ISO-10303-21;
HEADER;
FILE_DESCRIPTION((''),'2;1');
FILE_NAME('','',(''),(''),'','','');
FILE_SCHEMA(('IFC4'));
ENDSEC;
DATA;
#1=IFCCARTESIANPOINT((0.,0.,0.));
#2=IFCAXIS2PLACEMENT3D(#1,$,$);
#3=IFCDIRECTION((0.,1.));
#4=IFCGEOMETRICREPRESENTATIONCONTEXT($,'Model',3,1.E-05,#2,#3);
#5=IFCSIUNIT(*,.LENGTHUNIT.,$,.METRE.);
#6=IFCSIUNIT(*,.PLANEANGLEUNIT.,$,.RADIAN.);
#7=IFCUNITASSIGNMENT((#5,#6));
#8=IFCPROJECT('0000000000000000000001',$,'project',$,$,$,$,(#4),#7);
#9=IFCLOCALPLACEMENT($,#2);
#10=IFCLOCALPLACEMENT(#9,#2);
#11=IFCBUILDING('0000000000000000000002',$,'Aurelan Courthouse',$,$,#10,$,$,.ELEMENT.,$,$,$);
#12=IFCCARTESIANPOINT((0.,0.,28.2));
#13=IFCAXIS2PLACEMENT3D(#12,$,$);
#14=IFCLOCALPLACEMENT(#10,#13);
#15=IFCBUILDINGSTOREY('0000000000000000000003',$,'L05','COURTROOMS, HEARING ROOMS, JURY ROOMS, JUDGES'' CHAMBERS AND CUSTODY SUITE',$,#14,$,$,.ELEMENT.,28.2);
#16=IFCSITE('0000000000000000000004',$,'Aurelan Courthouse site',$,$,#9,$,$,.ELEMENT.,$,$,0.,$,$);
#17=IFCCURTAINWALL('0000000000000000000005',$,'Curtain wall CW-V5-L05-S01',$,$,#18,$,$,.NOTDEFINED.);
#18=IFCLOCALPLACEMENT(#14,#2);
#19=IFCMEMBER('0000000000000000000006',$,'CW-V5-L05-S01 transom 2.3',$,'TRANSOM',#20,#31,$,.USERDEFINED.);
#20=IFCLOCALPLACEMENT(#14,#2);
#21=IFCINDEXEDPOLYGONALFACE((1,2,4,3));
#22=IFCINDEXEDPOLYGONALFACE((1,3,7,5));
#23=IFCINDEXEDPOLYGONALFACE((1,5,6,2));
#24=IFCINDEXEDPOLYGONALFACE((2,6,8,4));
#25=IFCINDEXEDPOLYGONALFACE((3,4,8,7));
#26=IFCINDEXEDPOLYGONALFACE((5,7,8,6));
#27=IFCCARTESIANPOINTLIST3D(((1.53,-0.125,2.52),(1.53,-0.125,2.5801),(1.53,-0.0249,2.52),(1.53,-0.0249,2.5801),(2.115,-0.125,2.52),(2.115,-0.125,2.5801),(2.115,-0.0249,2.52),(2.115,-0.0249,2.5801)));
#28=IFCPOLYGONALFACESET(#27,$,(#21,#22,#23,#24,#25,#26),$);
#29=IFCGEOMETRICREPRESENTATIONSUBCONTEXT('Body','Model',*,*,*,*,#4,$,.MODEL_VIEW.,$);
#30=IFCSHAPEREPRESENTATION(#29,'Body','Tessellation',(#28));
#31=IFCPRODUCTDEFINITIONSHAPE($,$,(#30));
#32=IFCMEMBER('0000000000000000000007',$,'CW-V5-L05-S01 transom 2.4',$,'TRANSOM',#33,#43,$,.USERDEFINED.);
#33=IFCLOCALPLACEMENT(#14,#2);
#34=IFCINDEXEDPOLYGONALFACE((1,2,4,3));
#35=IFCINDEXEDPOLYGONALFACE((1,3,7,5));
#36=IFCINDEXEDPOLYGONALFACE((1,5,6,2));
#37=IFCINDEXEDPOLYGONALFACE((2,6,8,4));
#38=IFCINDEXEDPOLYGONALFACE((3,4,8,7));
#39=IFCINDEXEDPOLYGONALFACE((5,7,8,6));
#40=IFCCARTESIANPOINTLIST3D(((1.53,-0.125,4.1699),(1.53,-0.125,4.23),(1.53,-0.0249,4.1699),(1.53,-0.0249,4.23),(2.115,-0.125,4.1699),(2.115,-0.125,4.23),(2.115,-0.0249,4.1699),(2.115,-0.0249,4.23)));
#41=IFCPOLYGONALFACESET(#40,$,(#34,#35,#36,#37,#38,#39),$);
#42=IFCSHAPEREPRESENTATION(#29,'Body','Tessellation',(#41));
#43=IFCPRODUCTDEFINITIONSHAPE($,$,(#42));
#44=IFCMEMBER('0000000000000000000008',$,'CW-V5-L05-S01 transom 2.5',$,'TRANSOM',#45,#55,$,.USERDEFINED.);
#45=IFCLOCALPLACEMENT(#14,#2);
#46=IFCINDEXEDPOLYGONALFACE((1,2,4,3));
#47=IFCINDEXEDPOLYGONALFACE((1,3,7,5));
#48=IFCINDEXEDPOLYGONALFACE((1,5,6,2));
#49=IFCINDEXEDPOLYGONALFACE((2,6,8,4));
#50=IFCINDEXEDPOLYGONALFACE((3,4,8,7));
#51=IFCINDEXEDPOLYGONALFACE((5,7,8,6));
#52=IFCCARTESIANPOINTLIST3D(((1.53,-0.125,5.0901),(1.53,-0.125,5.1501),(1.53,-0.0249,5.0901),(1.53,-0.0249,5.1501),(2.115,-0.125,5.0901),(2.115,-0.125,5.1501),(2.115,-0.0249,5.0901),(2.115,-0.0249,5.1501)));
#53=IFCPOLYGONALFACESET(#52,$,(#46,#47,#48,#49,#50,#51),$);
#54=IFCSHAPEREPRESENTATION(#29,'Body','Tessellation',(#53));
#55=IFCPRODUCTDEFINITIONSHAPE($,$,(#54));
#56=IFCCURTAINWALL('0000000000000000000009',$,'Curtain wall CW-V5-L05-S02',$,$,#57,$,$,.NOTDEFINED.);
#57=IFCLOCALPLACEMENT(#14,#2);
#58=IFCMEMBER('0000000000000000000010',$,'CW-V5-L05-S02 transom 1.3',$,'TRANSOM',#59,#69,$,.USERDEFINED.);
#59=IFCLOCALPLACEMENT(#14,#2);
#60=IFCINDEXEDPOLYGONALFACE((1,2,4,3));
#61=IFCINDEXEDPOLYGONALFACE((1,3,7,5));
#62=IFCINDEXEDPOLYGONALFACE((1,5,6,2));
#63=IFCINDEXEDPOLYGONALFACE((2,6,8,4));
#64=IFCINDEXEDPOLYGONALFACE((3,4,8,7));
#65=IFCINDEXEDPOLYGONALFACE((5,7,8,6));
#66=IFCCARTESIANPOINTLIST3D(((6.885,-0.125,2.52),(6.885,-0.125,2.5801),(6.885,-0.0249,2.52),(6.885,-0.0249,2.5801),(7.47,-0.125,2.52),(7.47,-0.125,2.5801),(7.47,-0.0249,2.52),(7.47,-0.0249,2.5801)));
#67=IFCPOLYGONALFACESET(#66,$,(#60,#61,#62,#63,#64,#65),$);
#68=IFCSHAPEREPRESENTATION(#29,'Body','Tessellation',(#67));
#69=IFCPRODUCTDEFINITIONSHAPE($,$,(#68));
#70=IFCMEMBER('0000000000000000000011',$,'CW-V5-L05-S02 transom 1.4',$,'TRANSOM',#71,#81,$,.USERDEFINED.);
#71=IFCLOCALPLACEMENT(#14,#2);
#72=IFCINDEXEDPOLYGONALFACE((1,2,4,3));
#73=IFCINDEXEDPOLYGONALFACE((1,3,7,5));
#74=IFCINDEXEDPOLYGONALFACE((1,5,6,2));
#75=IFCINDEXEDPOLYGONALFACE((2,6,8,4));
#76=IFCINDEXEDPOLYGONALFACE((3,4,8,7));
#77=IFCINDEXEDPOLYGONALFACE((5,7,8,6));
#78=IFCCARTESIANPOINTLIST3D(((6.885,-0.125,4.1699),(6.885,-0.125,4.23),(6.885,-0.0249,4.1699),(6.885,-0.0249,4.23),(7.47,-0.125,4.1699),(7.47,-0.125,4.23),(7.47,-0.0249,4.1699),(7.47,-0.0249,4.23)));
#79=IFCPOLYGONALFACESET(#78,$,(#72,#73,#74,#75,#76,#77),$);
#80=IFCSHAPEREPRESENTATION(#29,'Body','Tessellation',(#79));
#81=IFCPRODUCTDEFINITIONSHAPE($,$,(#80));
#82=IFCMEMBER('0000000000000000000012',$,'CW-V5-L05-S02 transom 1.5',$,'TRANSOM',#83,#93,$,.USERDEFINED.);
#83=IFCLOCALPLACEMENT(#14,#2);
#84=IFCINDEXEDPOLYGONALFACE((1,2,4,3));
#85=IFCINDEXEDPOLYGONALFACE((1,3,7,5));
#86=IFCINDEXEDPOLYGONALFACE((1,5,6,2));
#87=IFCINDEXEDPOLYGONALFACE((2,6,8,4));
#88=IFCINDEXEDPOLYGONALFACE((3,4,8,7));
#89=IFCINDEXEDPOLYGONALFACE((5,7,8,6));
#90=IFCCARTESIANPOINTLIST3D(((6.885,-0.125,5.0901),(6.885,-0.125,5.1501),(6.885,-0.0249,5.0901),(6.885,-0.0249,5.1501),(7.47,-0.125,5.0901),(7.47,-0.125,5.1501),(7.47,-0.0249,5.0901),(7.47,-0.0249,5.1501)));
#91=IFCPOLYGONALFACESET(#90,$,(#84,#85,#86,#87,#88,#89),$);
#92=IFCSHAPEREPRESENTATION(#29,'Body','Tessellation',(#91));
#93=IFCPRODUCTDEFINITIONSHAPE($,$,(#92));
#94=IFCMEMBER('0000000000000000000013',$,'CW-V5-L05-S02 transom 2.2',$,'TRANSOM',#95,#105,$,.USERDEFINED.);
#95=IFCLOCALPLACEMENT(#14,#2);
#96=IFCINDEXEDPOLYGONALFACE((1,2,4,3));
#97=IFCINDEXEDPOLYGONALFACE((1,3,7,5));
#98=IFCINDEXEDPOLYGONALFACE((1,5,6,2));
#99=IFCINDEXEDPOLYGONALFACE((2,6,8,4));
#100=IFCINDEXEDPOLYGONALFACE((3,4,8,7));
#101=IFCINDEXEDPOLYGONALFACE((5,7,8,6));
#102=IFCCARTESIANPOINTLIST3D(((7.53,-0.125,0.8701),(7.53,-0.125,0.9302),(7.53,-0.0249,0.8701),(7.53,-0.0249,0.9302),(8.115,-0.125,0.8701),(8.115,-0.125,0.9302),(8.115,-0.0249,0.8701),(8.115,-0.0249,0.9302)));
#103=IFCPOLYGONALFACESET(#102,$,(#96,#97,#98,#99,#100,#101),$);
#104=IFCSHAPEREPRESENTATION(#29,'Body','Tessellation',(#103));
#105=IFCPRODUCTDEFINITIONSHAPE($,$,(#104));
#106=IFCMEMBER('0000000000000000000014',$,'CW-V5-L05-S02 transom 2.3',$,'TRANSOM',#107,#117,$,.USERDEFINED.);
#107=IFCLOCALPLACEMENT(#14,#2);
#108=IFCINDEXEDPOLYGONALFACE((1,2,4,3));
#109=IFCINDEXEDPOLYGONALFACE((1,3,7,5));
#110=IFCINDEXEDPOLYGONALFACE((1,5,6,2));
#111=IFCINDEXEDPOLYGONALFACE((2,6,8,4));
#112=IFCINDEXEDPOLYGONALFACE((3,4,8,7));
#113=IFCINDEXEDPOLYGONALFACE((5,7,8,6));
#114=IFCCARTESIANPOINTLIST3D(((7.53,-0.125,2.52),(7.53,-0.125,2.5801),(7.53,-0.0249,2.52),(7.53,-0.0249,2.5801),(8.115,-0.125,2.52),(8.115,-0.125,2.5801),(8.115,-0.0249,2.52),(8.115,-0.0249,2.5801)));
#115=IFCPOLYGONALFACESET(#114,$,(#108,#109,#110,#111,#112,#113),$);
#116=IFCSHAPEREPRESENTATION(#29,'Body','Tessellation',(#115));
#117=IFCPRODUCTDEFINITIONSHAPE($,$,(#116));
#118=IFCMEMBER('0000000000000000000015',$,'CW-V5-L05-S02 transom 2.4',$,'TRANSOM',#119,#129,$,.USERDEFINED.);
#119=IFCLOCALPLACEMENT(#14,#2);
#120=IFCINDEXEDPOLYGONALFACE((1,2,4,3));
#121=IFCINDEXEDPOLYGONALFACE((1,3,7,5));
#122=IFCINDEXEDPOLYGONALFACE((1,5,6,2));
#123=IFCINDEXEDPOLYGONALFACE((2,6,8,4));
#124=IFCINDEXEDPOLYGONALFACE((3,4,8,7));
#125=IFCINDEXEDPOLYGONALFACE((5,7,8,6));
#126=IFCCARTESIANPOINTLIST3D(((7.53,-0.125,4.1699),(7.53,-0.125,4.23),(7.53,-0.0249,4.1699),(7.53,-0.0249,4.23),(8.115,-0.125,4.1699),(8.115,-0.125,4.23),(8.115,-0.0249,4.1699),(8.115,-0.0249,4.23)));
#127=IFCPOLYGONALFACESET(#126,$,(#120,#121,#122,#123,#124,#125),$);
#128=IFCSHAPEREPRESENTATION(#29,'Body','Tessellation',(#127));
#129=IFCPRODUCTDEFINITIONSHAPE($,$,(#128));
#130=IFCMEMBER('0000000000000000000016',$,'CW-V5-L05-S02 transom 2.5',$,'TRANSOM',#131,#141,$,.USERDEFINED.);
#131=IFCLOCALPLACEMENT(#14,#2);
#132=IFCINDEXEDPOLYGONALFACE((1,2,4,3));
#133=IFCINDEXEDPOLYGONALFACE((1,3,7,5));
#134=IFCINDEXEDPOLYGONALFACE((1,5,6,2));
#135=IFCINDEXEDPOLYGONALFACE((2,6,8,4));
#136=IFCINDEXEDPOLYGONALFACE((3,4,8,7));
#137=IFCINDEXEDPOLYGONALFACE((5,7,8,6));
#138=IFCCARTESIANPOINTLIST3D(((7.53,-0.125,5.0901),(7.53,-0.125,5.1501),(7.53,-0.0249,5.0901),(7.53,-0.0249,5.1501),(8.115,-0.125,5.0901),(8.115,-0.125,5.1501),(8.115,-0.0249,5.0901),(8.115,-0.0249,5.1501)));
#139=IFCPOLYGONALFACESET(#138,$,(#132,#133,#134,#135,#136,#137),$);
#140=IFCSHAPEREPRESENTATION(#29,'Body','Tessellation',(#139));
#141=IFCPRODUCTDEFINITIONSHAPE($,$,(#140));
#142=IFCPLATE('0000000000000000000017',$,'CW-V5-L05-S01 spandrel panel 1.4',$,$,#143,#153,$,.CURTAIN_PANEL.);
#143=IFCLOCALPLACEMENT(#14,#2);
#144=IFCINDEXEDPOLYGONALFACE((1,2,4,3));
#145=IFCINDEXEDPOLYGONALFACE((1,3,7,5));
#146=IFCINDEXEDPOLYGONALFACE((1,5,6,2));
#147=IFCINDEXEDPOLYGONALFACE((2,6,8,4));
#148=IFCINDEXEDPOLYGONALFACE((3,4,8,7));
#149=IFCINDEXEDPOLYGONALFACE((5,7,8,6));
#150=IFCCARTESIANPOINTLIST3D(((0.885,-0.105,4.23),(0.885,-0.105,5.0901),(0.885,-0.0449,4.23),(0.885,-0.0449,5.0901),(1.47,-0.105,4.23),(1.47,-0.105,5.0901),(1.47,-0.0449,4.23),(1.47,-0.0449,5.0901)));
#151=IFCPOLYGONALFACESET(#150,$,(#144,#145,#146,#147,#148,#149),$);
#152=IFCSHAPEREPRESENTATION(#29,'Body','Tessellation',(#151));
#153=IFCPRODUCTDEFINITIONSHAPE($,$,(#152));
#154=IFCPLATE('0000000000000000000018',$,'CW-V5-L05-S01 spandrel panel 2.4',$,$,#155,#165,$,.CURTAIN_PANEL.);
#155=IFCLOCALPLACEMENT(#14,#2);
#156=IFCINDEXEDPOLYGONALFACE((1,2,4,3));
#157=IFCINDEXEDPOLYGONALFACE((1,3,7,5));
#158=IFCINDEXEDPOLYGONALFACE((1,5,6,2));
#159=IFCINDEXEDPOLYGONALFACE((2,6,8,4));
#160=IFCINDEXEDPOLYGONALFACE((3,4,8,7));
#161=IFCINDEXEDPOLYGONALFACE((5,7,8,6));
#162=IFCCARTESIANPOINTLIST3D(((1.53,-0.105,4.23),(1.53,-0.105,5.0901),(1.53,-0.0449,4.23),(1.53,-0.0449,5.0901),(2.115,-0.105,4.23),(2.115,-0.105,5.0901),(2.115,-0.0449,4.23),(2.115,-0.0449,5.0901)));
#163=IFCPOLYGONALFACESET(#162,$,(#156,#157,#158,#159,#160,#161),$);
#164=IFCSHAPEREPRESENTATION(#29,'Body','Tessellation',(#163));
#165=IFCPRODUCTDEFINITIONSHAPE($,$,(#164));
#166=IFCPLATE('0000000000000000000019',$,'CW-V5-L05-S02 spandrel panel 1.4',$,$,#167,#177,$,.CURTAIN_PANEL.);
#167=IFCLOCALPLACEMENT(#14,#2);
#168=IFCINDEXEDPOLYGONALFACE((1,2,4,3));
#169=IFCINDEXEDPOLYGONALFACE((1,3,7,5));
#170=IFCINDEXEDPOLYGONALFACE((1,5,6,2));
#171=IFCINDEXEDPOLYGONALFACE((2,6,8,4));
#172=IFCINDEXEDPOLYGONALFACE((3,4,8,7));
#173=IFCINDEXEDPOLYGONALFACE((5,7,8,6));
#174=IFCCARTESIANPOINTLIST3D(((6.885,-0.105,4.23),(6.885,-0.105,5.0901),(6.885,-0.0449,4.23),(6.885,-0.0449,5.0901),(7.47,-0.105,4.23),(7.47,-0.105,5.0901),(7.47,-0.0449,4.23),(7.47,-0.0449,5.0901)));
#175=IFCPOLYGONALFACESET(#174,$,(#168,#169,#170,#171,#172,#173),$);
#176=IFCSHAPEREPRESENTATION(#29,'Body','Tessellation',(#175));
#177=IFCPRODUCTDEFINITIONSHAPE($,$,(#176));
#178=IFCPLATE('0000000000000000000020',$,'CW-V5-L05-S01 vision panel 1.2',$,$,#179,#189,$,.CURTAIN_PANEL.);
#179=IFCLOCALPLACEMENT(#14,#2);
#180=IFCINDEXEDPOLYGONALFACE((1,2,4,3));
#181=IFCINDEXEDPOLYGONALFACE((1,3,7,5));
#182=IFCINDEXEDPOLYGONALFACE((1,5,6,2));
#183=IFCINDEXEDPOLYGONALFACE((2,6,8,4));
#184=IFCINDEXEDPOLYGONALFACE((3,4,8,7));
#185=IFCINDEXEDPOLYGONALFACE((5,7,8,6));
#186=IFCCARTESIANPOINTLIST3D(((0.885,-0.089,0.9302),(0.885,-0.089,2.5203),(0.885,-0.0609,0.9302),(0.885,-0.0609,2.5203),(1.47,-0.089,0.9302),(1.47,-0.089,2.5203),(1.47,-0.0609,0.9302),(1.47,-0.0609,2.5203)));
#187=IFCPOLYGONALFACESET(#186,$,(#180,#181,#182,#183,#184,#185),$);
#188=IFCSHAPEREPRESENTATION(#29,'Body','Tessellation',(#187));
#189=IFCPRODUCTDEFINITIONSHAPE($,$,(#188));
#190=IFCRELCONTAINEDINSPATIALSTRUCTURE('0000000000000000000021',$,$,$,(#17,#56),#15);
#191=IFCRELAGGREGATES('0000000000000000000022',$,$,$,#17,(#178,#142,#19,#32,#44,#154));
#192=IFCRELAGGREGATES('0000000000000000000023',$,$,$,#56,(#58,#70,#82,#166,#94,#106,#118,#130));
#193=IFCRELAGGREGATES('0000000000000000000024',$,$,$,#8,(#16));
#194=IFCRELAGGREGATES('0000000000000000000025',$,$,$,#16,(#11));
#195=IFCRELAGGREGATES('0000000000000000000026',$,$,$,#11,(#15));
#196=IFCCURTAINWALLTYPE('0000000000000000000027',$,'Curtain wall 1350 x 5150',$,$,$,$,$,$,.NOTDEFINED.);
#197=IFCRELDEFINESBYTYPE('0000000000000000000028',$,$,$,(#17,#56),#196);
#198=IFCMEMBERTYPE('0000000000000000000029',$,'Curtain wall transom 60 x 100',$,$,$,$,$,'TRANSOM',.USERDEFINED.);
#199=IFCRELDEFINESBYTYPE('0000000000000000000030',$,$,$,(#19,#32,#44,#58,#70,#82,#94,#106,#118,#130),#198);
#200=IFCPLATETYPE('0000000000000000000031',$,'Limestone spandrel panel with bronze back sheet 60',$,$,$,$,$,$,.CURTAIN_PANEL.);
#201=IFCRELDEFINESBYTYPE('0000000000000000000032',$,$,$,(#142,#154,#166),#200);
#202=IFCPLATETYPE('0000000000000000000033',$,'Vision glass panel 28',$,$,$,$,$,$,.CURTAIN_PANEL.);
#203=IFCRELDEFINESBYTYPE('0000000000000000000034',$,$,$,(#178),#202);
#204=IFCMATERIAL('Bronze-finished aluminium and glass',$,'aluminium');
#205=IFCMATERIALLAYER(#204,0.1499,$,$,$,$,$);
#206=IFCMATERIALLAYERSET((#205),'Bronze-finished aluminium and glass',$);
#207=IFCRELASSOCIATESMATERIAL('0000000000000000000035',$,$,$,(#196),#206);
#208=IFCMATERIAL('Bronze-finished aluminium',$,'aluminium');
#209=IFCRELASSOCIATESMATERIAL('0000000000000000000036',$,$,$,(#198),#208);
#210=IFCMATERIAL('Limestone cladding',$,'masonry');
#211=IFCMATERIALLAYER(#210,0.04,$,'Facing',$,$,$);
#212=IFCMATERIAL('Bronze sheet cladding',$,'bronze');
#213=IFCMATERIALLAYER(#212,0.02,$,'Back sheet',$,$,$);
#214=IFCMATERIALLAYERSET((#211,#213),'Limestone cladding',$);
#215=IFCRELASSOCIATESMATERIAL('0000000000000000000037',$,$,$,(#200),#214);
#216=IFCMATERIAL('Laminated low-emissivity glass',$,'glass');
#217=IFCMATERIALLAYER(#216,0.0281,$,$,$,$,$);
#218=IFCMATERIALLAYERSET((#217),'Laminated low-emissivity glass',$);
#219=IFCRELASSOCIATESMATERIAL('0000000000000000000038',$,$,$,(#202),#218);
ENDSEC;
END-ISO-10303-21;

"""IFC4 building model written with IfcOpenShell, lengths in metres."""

from ifc_helpers import new_model, si_unit, direction, frame, origin, origin_2d, place, context, subcontext, project, spatial, rectangle, extrude, material, layer, layer_set, material_profile, profile_set, type_object, element, aggregate, save


model = new_model("IFC4")

# Units and contexts
model_context = context("Model", 3, precision=1e-05, world=origin(), true_north=direction((0.0, 1.0)))
body_context = subcontext(model_context, "Body", "Model", "MODEL_VIEW")
ifc_project = project(units=[si_unit("LENGTHUNIT", "METRE"), si_unit("PLANEANGLEUNIT", "RADIAN")], contexts=[model_context])

# Site, building, storey
site_placement = place(None, origin())
site = spatial("IfcSite", under=ifc_project, at=site_placement, Name="Aurelan Courthouse site", CompositionType="ELEMENT", RefElevation=0.0)
building_placement = place(site_placement, origin())
building = spatial("IfcBuilding", under=site, at=building_placement, Name="Aurelan Courthouse", CompositionType="ELEMENT")
storey_placement = place(building_placement, frame((0.0, 0.0, 28.2)))
storey = spatial("IfcBuildingStorey", under=building, at=storey_placement, Name="L05", Description="COURTROOMS, HEARING ROOMS, JURY ROOMS, JUDGES' CHAMBERS AND CUSTODY SUITE", CompositionType="ELEMENT", Elevation=28.2)

# Curtain walls, members
ifc_material_1 = material(Name="Bronze-finished aluminium and glass", Category="aluminium")
ifc_layer_1 = layer(ifc_material_1, 0.1499)
ifc_layer_set_1 = layer_set([ifc_layer_1], Name="Bronze-finished aluminium and glass")
curtain_wall_type = type_object("IfcCurtainWallType", Name="Curtain wall 1350 x 5150", PredefinedType="NOTDEFINED", material=ifc_layer_set_1)
curtain_wall_1_placement = place(storey_placement, origin())
curtain_wall_1 = element("IfcCurtainWall", 1, at=curtain_wall_1_placement, inside=storey, type_object=curtain_wall_type, Name="Curtain wall CW-V5-L05-S01", PredefinedType="NOTDEFINED")
ifc_material_2 = material(Name="Bronze-finished aluminium", Category="aluminium")
ifc_material_profile = material_profile(ifc_material_2, rectangle(XDim=0.1001, YDim=0.0601, at=origin_2d()), Name="Bronze transom 60 x 100")
ifc_profile_set = profile_set([ifc_material_profile], Name="Bronze-finished aluminium")
member_type = type_object("IfcMemberType", Name="Curtain wall transom 60 x 100", ElementType="TRANSOM", PredefinedType="USERDEFINED", material=ifc_profile_set)
member_1_placement = place(storey_placement, frame((1.53, -0.075, 2.55), z_axis=(1.0, 0.0, 0.0), x_axis=(0.0, 1.0, 0.0)))
member_1 = element("IfcMember", 2, at=member_1_placement, type_object=member_type, Name="CW-V5-L05-S01 transom 2.3", ObjectType="TRANSOM", PredefinedType="USERDEFINED", context=body_context, shape_type="SweptSolid", body=[
    extrude(rectangle(XDim=0.1001, YDim=0.0601, at=origin_2d()), origin(), (0.0, 0.0, 1.0), 0.585),
])
member_2_placement = place(storey_placement, frame((1.53, -0.075, 4.2), z_axis=(1.0, 0.0, 0.0), x_axis=(0.0, 1.0, 0.0)))
member_2 = element("IfcMember", 3, at=member_2_placement, type_object=member_type, Name="CW-V5-L05-S01 transom 2.4", ObjectType="TRANSOM", PredefinedType="USERDEFINED", context=body_context, shape_type="SweptSolid", body=[
    extrude(rectangle(XDim=0.1001, YDim=0.0601, at=origin_2d()), origin(), (0.0, 0.0, 1.0), 0.585),
])
member_3_placement = place(storey_placement, frame((1.53, -0.075, 5.1201), z_axis=(1.0, 0.0, 0.0), x_axis=(0.0, 1.0, 0.0)))
member_3 = element("IfcMember", 4, at=member_3_placement, type_object=member_type, Name="CW-V5-L05-S01 transom 2.5", ObjectType="TRANSOM", PredefinedType="USERDEFINED", context=body_context, shape_type="SweptSolid", body=[
    extrude(rectangle(XDim=0.1001, YDim=0.0601, at=origin_2d()), origin(), (0.0, 0.0, 1.0), 0.585),
])
curtain_wall_2_placement = place(storey_placement, origin())
curtain_wall_2 = element("IfcCurtainWall", 5, at=curtain_wall_2_placement, inside=storey, type_object=curtain_wall_type, Name="Curtain wall CW-V5-L05-S02", PredefinedType="NOTDEFINED")
member_4_placement = place(storey_placement, frame((6.885, -0.075, 2.55), z_axis=(1.0, 0.0, 0.0), x_axis=(0.0, 1.0, 0.0)))
member_4 = element("IfcMember", 6, at=member_4_placement, type_object=member_type, Name="CW-V5-L05-S02 transom 1.3", ObjectType="TRANSOM", PredefinedType="USERDEFINED", context=body_context, shape_type="SweptSolid", body=[
    extrude(rectangle(XDim=0.1001, YDim=0.0601, at=origin_2d()), origin(), (0.0, 0.0, 1.0), 0.585),
])
member_5_placement = place(storey_placement, frame((6.885, -0.075, 4.2), z_axis=(1.0, 0.0, 0.0), x_axis=(0.0, 1.0, 0.0)))
member_5 = element("IfcMember", 7, at=member_5_placement, type_object=member_type, Name="CW-V5-L05-S02 transom 1.4", ObjectType="TRANSOM", PredefinedType="USERDEFINED", context=body_context, shape_type="SweptSolid", body=[
    extrude(rectangle(XDim=0.1001, YDim=0.0601, at=origin_2d()), origin(), (0.0, 0.0, 1.0), 0.585),
])
member_6_placement = place(storey_placement, frame((6.885, -0.075, 5.1201), z_axis=(1.0, 0.0, 0.0), x_axis=(0.0, 1.0, 0.0)))
member_6 = element("IfcMember", 8, at=member_6_placement, type_object=member_type, Name="CW-V5-L05-S02 transom 1.5", ObjectType="TRANSOM", PredefinedType="USERDEFINED", context=body_context, shape_type="SweptSolid", body=[
    extrude(rectangle(XDim=0.1001, YDim=0.0601, at=origin_2d()), origin(), (0.0, 0.0, 1.0), 0.585),
])
member_7_placement = place(storey_placement, frame((7.53, -0.075, 0.9001), z_axis=(1.0, 0.0, 0.0), x_axis=(0.0, 1.0, 0.0)))
member_7 = element("IfcMember", 9, at=member_7_placement, type_object=member_type, Name="CW-V5-L05-S02 transom 2.2", ObjectType="TRANSOM", PredefinedType="USERDEFINED", context=body_context, shape_type="SweptSolid", body=[
    extrude(rectangle(XDim=0.1001, YDim=0.0601, at=origin_2d()), origin(), (0.0, 0.0, 1.0), 0.585),
])
member_8_placement = place(storey_placement, frame((7.53, -0.075, 2.55), z_axis=(1.0, 0.0, 0.0), x_axis=(0.0, 1.0, 0.0)))
member_8 = element("IfcMember", 10, at=member_8_placement, type_object=member_type, Name="CW-V5-L05-S02 transom 2.3", ObjectType="TRANSOM", PredefinedType="USERDEFINED", context=body_context, shape_type="SweptSolid", body=[
    extrude(rectangle(XDim=0.1001, YDim=0.0601, at=origin_2d()), origin(), (0.0, 0.0, 1.0), 0.585),
])
member_9_placement = place(storey_placement, frame((7.53, -0.075, 4.2), z_axis=(1.0, 0.0, 0.0), x_axis=(0.0, 1.0, 0.0)))
member_9 = element("IfcMember", 11, at=member_9_placement, type_object=member_type, Name="CW-V5-L05-S02 transom 2.4", ObjectType="TRANSOM", PredefinedType="USERDEFINED", context=body_context, shape_type="SweptSolid", body=[
    extrude(rectangle(XDim=0.1001, YDim=0.0601, at=origin_2d()), origin(), (0.0, 0.0, 1.0), 0.585),
])
member_10_placement = place(storey_placement, frame((7.53, -0.075, 5.1201), z_axis=(1.0, 0.0, 0.0), x_axis=(0.0, 1.0, 0.0)))
member_10 = element("IfcMember", 12, at=member_10_placement, type_object=member_type, Name="CW-V5-L05-S02 transom 2.5", ObjectType="TRANSOM", PredefinedType="USERDEFINED", context=body_context, shape_type="SweptSolid", body=[
    extrude(rectangle(XDim=0.1001, YDim=0.0601, at=origin_2d()), origin(), (0.0, 0.0, 1.0), 0.585),
])

# Plates
ifc_material_3 = material(Name="Limestone cladding", Category="masonry")
ifc_layer_2 = layer(ifc_material_3, 0.04, Name="Facing")
ifc_material_4 = material(Name="Bronze sheet cladding", Category="bronze")
ifc_layer_3 = layer(ifc_material_4, 0.02, Name="Back sheet")
ifc_layer_set_2 = layer_set([ifc_layer_2, ifc_layer_3], Name="Limestone cladding")
plate_type_1 = type_object("IfcPlateType", Name="Limestone spandrel panel with bronze back sheet 60", PredefinedType="CURTAIN_PANEL", material=ifc_layer_set_2)
plate_1_placement = place(storey_placement, frame((1.1775, -0.075, 4.23), z_axis=(0.0, 0.0, 1.0), x_axis=(1.0, 0.0, 0.0)))
plate_1 = element("IfcPlate", 13, at=plate_1_placement, type_object=plate_type_1, Name="CW-V5-L05-S01 spandrel panel 1.4", PredefinedType="CURTAIN_PANEL", context=body_context, shape_type="SweptSolid", body=[
    extrude(rectangle(XDim=0.585, YDim=0.0601, at=origin_2d()), origin(), (0.0, 0.0, 1.0), 0.8601),
])
plate_2_placement = place(storey_placement, frame((1.8225, -0.075, 4.23), z_axis=(0.0, 0.0, 1.0), x_axis=(1.0, 0.0, 0.0)))
plate_2 = element("IfcPlate", 14, at=plate_2_placement, type_object=plate_type_1, Name="CW-V5-L05-S01 spandrel panel 2.4", PredefinedType="CURTAIN_PANEL", context=body_context, shape_type="SweptSolid", body=[
    extrude(rectangle(XDim=0.585, YDim=0.0601, at=origin_2d()), origin(), (0.0, 0.0, 1.0), 0.8601),
])
plate_3_placement = place(storey_placement, frame((7.1775, -0.075, 4.23), z_axis=(0.0, 0.0, 1.0), x_axis=(1.0, 0.0, 0.0)))
plate_3 = element("IfcPlate", 15, at=plate_3_placement, type_object=plate_type_1, Name="CW-V5-L05-S02 spandrel panel 1.4", PredefinedType="CURTAIN_PANEL", context=body_context, shape_type="SweptSolid", body=[
    extrude(rectangle(XDim=0.585, YDim=0.0601, at=origin_2d()), origin(), (0.0, 0.0, 1.0), 0.8601),
])
ifc_material_5 = material(Name="Laminated low-emissivity glass", Category="glass")
ifc_layer_4 = layer(ifc_material_5, 0.0281)
ifc_layer_set_3 = layer_set([ifc_layer_4], Name="Laminated low-emissivity glass")
plate_type_2 = type_object("IfcPlateType", Name="Vision glass panel 28", PredefinedType="CURTAIN_PANEL", material=ifc_layer_set_3)
plate_4_placement = place(storey_placement, frame((1.1775, -0.075, 0.9302), z_axis=(0.0, 0.0, 1.0), x_axis=(1.0, 0.0, 0.0)))
plate_4 = element("IfcPlate", 16, at=plate_4_placement, type_object=plate_type_2, Name="CW-V5-L05-S01 vision panel 1.2", PredefinedType="CURTAIN_PANEL", context=body_context, shape_type="SweptSolid", body=[
    extrude(rectangle(XDim=0.585, YDim=0.0281, at=origin_2d()), origin(), (0.0, 0.0, 1.0), 1.5901),
])
aggregate(curtain_wall_1, [plate_4, plate_1, member_1, member_2, member_3, plate_2])
aggregate(curtain_wall_2, [member_4, member_5, member_6, plate_3, member_7, member_8, member_9, member_10])

save(model, "model.ifc")
